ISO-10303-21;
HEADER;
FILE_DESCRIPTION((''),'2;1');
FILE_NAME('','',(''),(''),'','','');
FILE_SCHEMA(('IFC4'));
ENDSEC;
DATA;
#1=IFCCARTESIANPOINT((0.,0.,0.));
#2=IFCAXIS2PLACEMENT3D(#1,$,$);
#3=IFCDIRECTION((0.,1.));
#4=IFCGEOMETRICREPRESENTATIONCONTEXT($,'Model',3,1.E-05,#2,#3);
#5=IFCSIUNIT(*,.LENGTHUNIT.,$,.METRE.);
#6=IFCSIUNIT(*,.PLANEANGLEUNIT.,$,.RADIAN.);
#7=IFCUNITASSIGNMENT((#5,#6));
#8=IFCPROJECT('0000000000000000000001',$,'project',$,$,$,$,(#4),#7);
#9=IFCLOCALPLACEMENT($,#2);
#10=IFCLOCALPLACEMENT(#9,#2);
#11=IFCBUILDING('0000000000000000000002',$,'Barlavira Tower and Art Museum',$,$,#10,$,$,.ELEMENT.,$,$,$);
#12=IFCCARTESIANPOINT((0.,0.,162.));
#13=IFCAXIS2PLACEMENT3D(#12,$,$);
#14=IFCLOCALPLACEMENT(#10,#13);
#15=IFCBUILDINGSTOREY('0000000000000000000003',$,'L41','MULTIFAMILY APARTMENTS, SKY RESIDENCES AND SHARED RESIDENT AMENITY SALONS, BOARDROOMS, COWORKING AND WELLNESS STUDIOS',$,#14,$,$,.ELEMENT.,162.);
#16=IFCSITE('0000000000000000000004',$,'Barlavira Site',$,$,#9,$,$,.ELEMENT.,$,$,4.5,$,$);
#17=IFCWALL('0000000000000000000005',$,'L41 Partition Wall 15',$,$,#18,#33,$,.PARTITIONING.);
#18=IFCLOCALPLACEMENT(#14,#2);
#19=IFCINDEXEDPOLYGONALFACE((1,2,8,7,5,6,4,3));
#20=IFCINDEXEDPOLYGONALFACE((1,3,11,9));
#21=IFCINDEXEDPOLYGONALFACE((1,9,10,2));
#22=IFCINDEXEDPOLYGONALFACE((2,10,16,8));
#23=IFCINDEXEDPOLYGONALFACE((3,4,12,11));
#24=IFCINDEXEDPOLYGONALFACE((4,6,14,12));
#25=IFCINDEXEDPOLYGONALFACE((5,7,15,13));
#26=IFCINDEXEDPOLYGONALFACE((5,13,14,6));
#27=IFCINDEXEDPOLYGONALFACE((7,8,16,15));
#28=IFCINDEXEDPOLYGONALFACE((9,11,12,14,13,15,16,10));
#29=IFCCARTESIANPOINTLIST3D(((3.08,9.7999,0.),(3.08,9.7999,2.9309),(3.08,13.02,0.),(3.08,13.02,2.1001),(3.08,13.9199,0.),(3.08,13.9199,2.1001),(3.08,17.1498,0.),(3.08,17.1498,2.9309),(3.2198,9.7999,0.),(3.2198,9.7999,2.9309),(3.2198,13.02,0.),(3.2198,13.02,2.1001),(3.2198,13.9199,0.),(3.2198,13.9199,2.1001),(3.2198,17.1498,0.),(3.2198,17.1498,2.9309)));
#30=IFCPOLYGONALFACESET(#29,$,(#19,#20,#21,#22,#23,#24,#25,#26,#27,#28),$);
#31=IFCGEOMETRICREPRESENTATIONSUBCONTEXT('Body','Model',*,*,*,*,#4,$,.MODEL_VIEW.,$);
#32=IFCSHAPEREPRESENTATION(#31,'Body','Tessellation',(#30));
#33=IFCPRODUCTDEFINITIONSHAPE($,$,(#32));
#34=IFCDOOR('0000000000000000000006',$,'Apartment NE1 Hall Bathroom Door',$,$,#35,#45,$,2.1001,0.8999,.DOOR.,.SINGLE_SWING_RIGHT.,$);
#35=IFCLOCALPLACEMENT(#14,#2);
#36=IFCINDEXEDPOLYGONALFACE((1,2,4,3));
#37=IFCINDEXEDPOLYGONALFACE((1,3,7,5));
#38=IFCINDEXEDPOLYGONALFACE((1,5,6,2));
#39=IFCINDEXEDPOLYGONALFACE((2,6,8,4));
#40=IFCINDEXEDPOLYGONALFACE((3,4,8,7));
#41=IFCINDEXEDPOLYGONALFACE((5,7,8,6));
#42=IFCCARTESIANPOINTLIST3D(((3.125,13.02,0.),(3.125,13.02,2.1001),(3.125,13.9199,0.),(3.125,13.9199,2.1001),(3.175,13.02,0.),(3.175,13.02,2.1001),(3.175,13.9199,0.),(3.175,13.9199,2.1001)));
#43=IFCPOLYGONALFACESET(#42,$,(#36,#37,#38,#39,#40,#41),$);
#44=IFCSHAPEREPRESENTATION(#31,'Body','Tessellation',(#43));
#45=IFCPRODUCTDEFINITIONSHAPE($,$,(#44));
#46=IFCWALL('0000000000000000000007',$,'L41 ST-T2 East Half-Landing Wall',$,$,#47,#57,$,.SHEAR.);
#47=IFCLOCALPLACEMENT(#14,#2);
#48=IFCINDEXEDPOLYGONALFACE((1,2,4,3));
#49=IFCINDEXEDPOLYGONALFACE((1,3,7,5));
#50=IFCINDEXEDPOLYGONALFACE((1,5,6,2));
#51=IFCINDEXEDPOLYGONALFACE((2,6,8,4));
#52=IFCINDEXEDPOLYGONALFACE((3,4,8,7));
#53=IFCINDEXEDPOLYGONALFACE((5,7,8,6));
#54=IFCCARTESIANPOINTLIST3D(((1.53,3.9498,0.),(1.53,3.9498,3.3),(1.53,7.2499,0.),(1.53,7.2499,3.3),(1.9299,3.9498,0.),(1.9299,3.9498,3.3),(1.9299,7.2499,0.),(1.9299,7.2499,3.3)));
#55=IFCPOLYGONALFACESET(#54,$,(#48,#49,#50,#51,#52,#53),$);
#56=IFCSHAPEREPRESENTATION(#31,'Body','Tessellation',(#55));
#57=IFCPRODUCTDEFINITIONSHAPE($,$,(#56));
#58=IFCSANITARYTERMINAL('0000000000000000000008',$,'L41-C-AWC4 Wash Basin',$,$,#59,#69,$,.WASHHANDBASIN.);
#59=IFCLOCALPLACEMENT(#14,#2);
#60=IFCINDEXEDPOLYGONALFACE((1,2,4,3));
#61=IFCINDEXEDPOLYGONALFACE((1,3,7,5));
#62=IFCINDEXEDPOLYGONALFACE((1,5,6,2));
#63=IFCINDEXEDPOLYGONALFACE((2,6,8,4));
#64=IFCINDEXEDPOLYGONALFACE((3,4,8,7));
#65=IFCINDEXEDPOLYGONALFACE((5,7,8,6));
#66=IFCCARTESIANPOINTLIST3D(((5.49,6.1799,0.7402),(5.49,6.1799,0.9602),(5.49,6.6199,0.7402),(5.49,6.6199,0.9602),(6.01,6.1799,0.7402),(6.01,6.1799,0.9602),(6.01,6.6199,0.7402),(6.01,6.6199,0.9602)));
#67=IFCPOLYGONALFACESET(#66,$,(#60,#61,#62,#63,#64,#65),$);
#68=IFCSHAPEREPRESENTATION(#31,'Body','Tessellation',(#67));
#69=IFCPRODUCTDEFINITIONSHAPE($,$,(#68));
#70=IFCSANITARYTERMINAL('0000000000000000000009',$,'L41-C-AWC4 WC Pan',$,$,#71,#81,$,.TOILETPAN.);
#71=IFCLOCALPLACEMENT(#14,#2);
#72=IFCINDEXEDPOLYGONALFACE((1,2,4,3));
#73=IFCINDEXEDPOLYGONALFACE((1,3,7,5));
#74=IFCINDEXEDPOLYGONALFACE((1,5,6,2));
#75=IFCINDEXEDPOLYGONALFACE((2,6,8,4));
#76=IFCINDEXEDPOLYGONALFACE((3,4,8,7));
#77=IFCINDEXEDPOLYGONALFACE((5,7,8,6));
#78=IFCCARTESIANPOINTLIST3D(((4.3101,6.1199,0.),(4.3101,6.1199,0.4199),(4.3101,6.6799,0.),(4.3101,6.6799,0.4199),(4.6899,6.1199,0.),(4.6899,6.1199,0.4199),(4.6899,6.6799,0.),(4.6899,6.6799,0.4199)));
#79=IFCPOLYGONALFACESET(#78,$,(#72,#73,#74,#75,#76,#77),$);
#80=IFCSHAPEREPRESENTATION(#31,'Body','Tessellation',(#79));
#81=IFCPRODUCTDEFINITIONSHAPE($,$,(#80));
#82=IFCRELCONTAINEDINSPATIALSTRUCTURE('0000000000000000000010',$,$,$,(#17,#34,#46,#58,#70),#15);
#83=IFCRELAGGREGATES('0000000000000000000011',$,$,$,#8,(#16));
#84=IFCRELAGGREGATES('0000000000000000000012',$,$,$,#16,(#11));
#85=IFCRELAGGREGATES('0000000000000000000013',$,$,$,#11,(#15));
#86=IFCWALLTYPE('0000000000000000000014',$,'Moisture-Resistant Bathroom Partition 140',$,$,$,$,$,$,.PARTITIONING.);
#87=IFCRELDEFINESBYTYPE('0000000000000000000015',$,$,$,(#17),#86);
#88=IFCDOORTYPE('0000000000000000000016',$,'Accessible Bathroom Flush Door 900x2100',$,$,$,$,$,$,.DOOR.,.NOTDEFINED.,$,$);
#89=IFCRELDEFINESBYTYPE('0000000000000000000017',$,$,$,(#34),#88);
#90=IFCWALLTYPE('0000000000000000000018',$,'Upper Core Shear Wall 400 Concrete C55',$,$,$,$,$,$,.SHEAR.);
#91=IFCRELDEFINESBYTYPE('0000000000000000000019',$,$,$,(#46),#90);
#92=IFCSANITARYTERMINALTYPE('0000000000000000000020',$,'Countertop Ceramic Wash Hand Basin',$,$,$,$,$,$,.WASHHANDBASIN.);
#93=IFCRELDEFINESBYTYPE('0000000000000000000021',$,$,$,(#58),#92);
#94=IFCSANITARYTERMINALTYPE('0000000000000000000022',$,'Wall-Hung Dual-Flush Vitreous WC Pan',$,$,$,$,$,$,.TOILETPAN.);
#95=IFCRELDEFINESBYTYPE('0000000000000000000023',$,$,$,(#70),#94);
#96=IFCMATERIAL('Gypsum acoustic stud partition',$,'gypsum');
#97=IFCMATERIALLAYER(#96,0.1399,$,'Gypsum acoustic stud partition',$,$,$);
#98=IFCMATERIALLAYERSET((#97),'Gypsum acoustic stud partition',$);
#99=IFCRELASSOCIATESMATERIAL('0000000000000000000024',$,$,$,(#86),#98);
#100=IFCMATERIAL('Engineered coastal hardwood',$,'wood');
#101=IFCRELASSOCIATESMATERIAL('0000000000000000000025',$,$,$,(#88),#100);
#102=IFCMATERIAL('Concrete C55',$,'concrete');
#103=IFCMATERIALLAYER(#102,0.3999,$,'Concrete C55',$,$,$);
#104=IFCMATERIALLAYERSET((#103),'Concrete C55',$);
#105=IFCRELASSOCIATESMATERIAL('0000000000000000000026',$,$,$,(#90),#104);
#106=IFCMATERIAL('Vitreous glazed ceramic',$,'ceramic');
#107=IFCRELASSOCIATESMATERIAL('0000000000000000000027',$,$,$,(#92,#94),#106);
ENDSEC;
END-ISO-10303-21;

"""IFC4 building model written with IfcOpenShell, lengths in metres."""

from ifc_helpers import new_model, si_unit, direction, frame, frame_2d, origin, origin_2d, place, context, subcontext, project, spatial, rectangle, extrude, material, layer, layer_set, type_object, element, fill, save


model = new_model("IFC4")

# Units and contexts
model_context = context("Model", 3, precision=1e-05, world=origin(), true_north=direction((0.0, 1.0)))
body_context = subcontext(model_context, "Body", "Model", "MODEL_VIEW")
ifc_project = project(units=[si_unit("LENGTHUNIT", "METRE"), si_unit("PLANEANGLEUNIT", "RADIAN")], contexts=[model_context])

# Site, building, storey
site_placement = place(None, origin())
site = spatial("IfcSite", under=ifc_project, at=site_placement, Name="Barlavira Site", CompositionType="ELEMENT", RefElevation=4.5)
building_placement = place(site_placement, origin())
building = spatial("IfcBuilding", under=site, at=building_placement, Name="Barlavira Tower and Art Museum", CompositionType="ELEMENT")
storey_placement = place(building_placement, frame((0.0, 0.0, 162.0)))
storey = spatial("IfcBuildingStorey", under=building, at=storey_placement, Name="L41", Description="MULTIFAMILY APARTMENTS, SKY RESIDENCES AND SHARED RESIDENT AMENITY SALONS, BOARDROOMS, COWORKING AND WELLNESS STUDIOS", CompositionType="ELEMENT", Elevation=162.0)

# Shared definitions
ifc_material_1 = material(Name="Gypsum acoustic stud partition", Category="gypsum")
ifc_material_2 = material(Name="Engineered coastal hardwood", Category="wood")

# Wall, opening, door
ifc_layer_1 = layer(ifc_material_1, 0.1399, Name="Gypsum acoustic stud partition")
ifc_layer_set_1 = layer_set([ifc_layer_1], Name="Gypsum acoustic stud partition")
wall_type_1 = type_object("IfcWallType", Name="Moisture-Resistant Bathroom Partition 140", PredefinedType="PARTITIONING", material=ifc_layer_set_1)
wall_1_placement = place(storey_placement, frame((3.1499, 9.8, 0.0), z_axis=(0.0, 0.0, 1.0), x_axis=(0.0, 1.0, 0.0)))
wall_1 = element("IfcWall", 1, at=wall_1_placement, inside=storey, type_object=wall_type_1, Name="L41 Partition Wall 15", PredefinedType="PARTITIONING", context=body_context, shape_type="SweptSolid", body=[
    extrude(rectangle(XDim=7.3499, YDim=0.1399, at=frame_2d((3.6748, 0.0))), origin(), (0.0, 0.0, 1.0), 2.9309),
])
opening_1_placement = place(wall_1_placement, frame((3.22, 0.0, 0.0)))
opening_1 = element("IfcOpeningElement", 2, at=opening_1_placement, cuts=wall_1, PredefinedType="OPENING", context=body_context, shape_type="SweptSolid", body=[
    extrude(rectangle(XDim=0.8999, YDim=2.1001, at=frame_2d((0.45, 1.05))), frame((0.0, 0.0801, 0.0), z_axis=(0.0, -1.0, 0.0), x_axis=(1.0, 0.0, 0.0)), (0.0, 0.0, 1.0), 0.1599),
])
door_type_1 = type_object("IfcDoorType", Name="Accessible Bathroom Flush Door 900x2100", OperationType="NOTDEFINED", PredefinedType="DOOR", material=ifc_material_2)
door_1_placement = place(opening_1_placement, origin())
door_1 = element("IfcDoor", 3, at=door_1_placement, inside=storey, type_object=door_type_1, Name="Apartment NE1 Hall Bathroom Door", OperationType="SINGLE_SWING_RIGHT", OverallHeight=2.1001, OverallWidth=0.8999, PredefinedType="DOOR", context=body_context, shape_type="SweptSolid", body=[
    extrude(rectangle(XDim=0.8999, YDim=2.1001, at=frame_2d((0.45, 1.05))), frame((0.0, 0.0249, 0.0), z_axis=(0.0, -1.0, 0.0), x_axis=(1.0, 0.0, 0.0)), (0.0, 0.0, 1.0), 0.05),
])
fill(opening_1, door_1)

# Wall
ifc_material_3 = material(Name="Concrete C55", Category="concrete")
ifc_layer_2 = layer(ifc_material_3, 0.3999, Name="Concrete C55")
ifc_layer_set_2 = layer_set([ifc_layer_2], Name="Concrete C55")
wall_type_2 = type_object("IfcWallType", Name="Upper Core Shear Wall 400 Concrete C55", PredefinedType="SHEAR", material=ifc_layer_set_2)
wall_2_placement = place(storey_placement, frame((1.73, 3.95, 0.0), z_axis=(0.0, 0.0, 1.0), x_axis=(0.0, 1.0, 0.0)))
element("IfcWall", 4, at=wall_2_placement, inside=storey, type_object=wall_type_2, Name="L41 ST-T2 East Half-Landing Wall", PredefinedType="SHEAR", context=body_context, shape_type="SweptSolid", body=[
    extrude(rectangle(XDim=3.3, YDim=0.3999, at=frame_2d((1.6499, 0.0))), origin(), (0.0, 0.0, 1.0), 3.3),
])

# Sanitary terminals
ifc_material_4 = material(Name="Vitreous glazed ceramic", Category="ceramic")
sanitary_terminal_type_1 = type_object("IfcSanitaryTerminalType", Name="Countertop Ceramic Wash Hand Basin", PredefinedType="WASHHANDBASIN", material=ifc_material_4)
sanitary_terminal_1_placement = place(storey_placement, frame((5.75, 6.3999, 0.7402), z_axis=(0.0, 0.0, 1.0), x_axis=(1.0, 0.0, 0.0)))
element("IfcSanitaryTerminal", 5, at=sanitary_terminal_1_placement, inside=storey, type_object=sanitary_terminal_type_1, Name="L41-C-AWC4 Wash Basin", PredefinedType="WASHHANDBASIN", context=body_context, shape_type="SweptSolid", body=[
    extrude(rectangle(XDim=0.52, YDim=0.4399, at=origin_2d()), origin(), (0.0, 0.0, 1.0), 0.22),
])
sanitary_terminal_type_2 = type_object("IfcSanitaryTerminalType", Name="Wall-Hung Dual-Flush Vitreous WC Pan", PredefinedType="TOILETPAN", material=ifc_material_4)
sanitary_terminal_2_placement = place(storey_placement, frame((4.5, 6.3999, 0.0), z_axis=(0.0, 0.0, 1.0), x_axis=(1.0, 0.0, 0.0)))
element("IfcSanitaryTerminal", 6, at=sanitary_terminal_2_placement, inside=storey, type_object=sanitary_terminal_type_2, Name="L41-C-AWC4 WC Pan", PredefinedType="TOILETPAN", context=body_context, shape_type="SweptSolid", body=[
    extrude(rectangle(XDim=0.3799, YDim=0.5601, at=origin_2d()), origin(), (0.0, 0.0, 1.0), 0.4199),
])

save(model, "model.ifc")
